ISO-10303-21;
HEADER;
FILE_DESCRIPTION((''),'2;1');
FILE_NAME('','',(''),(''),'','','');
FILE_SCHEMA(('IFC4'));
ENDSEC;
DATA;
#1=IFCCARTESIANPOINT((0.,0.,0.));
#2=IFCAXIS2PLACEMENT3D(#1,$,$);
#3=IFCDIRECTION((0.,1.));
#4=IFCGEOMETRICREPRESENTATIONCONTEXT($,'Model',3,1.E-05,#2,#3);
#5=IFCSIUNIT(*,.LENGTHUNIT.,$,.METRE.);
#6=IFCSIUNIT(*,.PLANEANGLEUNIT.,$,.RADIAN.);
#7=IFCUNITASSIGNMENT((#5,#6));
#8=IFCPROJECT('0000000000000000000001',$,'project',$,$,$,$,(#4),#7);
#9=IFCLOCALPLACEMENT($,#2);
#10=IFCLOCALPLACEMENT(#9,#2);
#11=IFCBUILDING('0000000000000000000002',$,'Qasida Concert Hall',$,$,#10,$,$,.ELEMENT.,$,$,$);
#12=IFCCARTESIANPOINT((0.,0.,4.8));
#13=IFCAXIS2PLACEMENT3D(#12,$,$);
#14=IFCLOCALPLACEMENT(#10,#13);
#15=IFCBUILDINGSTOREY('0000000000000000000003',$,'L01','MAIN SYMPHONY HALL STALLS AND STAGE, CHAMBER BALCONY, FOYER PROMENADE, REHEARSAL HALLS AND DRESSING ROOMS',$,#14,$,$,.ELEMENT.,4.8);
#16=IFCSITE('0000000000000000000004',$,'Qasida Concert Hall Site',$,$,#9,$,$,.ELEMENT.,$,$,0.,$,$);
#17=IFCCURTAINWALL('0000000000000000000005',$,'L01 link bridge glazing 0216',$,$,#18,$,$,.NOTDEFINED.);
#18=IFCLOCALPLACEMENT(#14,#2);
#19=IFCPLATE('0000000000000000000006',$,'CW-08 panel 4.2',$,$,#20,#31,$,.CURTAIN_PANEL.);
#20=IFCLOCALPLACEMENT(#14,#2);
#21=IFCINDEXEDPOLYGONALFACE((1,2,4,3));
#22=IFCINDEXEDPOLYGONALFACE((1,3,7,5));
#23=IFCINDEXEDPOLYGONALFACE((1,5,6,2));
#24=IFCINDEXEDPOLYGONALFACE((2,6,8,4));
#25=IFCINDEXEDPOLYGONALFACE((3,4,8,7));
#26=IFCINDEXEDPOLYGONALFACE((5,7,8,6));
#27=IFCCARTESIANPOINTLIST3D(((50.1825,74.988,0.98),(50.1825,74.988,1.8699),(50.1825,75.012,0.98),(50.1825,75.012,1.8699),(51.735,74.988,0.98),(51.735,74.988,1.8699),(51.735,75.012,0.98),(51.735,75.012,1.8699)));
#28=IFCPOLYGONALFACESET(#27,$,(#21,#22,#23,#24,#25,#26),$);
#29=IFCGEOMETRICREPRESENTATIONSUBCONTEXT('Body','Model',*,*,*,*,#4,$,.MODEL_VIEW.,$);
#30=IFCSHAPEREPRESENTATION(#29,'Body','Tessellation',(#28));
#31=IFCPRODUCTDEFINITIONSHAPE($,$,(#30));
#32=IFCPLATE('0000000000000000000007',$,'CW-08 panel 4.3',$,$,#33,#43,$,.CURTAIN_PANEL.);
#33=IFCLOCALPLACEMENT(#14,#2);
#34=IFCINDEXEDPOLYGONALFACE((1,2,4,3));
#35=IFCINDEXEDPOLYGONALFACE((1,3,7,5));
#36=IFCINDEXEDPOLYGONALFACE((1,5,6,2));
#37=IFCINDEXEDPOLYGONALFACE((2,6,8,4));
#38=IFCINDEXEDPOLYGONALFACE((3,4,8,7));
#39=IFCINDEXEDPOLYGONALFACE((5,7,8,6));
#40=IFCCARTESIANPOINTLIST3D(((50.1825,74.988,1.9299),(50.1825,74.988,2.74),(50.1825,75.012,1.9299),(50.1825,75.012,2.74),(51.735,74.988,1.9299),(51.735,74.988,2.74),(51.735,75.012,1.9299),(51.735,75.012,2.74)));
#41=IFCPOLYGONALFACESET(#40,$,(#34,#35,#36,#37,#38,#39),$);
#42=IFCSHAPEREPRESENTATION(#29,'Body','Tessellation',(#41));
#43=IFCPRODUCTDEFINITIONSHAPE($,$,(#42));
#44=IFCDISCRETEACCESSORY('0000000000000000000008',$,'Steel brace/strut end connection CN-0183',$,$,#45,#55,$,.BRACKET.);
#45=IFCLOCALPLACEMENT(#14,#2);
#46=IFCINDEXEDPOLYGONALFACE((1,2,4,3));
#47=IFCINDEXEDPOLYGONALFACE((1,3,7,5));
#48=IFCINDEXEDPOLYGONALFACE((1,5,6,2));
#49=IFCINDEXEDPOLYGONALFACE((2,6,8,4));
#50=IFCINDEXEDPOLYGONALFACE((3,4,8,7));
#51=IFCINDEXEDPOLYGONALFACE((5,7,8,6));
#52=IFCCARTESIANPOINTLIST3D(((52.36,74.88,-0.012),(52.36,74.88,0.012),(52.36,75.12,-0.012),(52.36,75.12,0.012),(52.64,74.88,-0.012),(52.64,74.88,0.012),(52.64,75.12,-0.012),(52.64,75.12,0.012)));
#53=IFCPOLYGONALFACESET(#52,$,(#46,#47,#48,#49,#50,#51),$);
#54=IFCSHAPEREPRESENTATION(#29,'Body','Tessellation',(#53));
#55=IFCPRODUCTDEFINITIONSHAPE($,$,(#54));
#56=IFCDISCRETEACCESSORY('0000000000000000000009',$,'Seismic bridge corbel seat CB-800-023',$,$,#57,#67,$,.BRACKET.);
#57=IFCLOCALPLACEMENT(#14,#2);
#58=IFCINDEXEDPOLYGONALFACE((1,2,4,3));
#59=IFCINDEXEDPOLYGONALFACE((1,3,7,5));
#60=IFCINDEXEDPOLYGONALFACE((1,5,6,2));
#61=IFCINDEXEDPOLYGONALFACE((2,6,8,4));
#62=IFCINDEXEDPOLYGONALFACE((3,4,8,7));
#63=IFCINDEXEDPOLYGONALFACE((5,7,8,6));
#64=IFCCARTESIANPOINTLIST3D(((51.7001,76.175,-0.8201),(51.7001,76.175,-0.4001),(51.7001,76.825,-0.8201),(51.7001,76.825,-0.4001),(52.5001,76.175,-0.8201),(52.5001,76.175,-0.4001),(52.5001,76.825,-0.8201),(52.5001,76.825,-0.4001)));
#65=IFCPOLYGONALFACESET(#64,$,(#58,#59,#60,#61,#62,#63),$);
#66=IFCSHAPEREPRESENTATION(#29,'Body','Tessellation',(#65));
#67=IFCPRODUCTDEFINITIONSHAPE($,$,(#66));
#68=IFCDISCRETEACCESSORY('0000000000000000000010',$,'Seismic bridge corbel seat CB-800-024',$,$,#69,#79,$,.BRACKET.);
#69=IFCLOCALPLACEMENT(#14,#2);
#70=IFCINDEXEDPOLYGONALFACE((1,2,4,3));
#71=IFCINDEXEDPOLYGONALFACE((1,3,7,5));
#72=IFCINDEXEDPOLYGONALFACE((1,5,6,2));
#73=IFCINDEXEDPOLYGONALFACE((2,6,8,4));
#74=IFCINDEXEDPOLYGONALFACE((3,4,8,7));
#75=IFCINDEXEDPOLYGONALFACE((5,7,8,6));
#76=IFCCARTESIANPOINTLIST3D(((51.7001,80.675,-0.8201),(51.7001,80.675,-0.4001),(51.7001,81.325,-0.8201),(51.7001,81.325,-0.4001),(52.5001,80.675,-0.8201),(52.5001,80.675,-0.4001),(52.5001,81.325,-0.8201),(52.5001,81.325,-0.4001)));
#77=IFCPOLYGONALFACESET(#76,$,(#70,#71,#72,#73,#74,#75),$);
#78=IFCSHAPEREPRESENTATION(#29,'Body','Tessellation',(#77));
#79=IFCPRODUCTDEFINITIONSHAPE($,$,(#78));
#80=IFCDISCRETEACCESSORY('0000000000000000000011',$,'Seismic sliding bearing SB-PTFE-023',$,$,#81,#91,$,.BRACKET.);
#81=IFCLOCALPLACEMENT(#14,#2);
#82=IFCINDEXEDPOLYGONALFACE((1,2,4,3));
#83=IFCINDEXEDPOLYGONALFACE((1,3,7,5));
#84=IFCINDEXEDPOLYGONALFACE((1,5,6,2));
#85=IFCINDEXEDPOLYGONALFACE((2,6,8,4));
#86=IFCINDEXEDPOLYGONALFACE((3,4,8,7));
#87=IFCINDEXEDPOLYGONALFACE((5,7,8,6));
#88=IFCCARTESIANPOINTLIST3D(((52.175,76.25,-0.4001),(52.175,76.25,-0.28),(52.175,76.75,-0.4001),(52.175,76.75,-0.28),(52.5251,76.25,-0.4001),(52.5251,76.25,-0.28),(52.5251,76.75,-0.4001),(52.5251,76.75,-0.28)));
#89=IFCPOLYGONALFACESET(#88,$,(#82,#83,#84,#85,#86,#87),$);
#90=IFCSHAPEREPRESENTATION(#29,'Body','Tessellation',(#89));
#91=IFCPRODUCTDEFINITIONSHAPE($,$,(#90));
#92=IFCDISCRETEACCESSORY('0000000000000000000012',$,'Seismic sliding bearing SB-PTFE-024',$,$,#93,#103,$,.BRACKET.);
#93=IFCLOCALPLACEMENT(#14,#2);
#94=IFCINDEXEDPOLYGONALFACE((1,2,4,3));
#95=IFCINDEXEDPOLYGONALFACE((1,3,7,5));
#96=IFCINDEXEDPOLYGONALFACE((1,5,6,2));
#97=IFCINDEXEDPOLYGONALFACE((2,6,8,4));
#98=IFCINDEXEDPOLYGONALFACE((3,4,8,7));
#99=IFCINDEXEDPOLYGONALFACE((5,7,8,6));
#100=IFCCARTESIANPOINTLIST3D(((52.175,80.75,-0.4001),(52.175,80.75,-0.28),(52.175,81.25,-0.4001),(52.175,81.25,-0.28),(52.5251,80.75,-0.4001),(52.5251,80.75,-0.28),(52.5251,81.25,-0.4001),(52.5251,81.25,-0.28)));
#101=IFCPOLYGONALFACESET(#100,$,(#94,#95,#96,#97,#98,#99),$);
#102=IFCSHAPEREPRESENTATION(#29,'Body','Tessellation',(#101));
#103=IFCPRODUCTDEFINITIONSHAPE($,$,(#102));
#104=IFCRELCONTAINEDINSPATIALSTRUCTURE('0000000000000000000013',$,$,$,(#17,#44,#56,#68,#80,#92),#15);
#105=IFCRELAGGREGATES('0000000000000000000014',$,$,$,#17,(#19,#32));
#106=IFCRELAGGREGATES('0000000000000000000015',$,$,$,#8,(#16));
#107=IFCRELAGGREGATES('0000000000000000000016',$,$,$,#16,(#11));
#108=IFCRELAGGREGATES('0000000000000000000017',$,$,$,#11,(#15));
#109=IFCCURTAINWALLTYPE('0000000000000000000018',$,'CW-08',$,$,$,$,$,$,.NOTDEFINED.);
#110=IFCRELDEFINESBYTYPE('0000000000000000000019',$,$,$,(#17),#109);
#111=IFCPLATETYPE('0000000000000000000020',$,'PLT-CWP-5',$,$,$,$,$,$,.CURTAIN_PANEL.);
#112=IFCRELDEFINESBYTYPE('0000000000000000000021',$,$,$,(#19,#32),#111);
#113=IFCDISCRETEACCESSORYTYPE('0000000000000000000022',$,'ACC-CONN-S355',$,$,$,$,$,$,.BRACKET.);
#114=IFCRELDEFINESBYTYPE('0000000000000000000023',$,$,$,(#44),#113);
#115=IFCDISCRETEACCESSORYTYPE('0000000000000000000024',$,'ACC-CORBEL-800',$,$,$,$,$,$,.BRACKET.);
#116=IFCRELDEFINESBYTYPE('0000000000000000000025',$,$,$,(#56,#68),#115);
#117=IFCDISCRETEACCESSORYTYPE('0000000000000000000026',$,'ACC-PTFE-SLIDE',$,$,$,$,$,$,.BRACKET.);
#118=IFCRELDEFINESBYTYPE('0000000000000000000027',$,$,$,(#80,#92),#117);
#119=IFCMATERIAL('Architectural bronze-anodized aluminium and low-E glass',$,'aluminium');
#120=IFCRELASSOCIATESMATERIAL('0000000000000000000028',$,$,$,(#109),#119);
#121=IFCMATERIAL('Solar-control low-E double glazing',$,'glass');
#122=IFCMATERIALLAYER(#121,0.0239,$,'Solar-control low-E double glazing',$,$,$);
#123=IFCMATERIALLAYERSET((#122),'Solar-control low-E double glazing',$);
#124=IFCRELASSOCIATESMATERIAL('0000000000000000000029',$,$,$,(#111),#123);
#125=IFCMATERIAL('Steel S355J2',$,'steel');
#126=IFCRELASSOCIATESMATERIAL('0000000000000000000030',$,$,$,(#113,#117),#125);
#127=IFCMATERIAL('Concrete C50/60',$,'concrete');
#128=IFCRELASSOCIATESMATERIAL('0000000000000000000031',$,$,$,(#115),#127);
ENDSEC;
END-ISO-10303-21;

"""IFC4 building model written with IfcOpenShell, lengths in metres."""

from ifc_helpers import new_model, si_unit, direction, frame, origin, origin_2d, place, context, subcontext, project, spatial, rectangle, extrude, material, layer, layer_set, type_object, element, aggregate, save


model = new_model("IFC4")

# Units and contexts
model_context = context("Model", 3, precision=1e-05, world=origin(), true_north=direction((0.0, 1.0)))
body_context = subcontext(model_context, "Body", "Model", "MODEL_VIEW")
ifc_project = project(units=[si_unit("LENGTHUNIT", "METRE"), si_unit("PLANEANGLEUNIT", "RADIAN")], contexts=[model_context])

# Site, building, storey
site_placement = place(None, origin())
site = spatial("IfcSite", under=ifc_project, at=site_placement, Name="Qasida Concert Hall Site", CompositionType="ELEMENT", RefElevation=0.0)
building_placement = place(site_placement, origin())
building = spatial("IfcBuilding", under=site, at=building_placement, Name="Qasida Concert Hall", CompositionType="ELEMENT")
storey_placement = place(building_placement, frame((0.0, 0.0, 4.8)))
storey = spatial("IfcBuildingStorey", under=building, at=storey_placement, Name="L01", Description="MAIN SYMPHONY HALL STALLS AND STAGE, CHAMBER BALCONY, FOYER PROMENADE, REHEARSAL HALLS AND DRESSING ROOMS", CompositionType="ELEMENT", Elevation=4.8)

# Shared definitions
ifc_material_1 = material(Name="Concrete C50/60", Category="concrete")

# Shared definitions
ifc_material_2 = material(Name="Steel S355J2", Category="steel")

# Curtain wall, plates
ifc_material_3 = material(Name="Architectural bronze-anodized aluminium and low-E glass", Category="aluminium")
curtain_wall_type = type_object("IfcCurtainWallType", Name="CW-08", PredefinedType="NOTDEFINED", material=ifc_material_3)
curtain_wall_placement = place(storey_placement, origin())
curtain_wall = element("IfcCurtainWall", 1, at=curtain_wall_placement, inside=storey, type_object=curtain_wall_type, Name="L01 link bridge glazing 0216", PredefinedType="NOTDEFINED")
ifc_material_4 = material(Name="Solar-control low-E double glazing", Category="glass")
ifc_layer = layer(ifc_material_4, 0.0239, Name="Solar-control low-E double glazing")
ifc_layer_set = layer_set([ifc_layer], Name="Solar-control low-E double glazing")
plate_type = type_object("IfcPlateType", Name="PLT-CWP-5", PredefinedType="CURTAIN_PANEL", material=ifc_layer_set)
plate_1_placement = place(storey_placement, frame((50.9587, 75.0, 0.98), z_axis=(0.0, 0.0, 1.0), x_axis=(1.0, 0.0, 0.0)))
plate_1 = element("IfcPlate", 2, at=plate_1_placement, type_object=plate_type, Name="CW-08 panel 4.2", PredefinedType="CURTAIN_PANEL", context=body_context, shape_type="SweptSolid", body=[
    extrude(rectangle(XDim=1.5525, YDim=0.0239, at=origin_2d()), origin(), (0.0, 0.0, 1.0), 0.8899),
])
plate_2_placement = place(storey_placement, frame((50.9587, 75.0, 1.9299), z_axis=(0.0, 0.0, 1.0), x_axis=(1.0, 0.0, 0.0)))
plate_2 = element("IfcPlate", 3, at=plate_2_placement, type_object=plate_type, Name="CW-08 panel 4.3", PredefinedType="CURTAIN_PANEL", context=body_context, shape_type="SweptSolid", body=[
    extrude(rectangle(XDim=1.5525, YDim=0.0239, at=origin_2d()), origin(), (0.0, 0.0, 1.0), 0.8101),
])
aggregate(curtain_wall, [plate_1, plate_2])

# Discrete accessories
discrete_accessory_type_1 = type_object("IfcDiscreteAccessoryType", Name="ACC-CONN-S355", PredefinedType="BRACKET", material=ifc_material_2)
discrete_accessory_placement = place(storey_placement, frame((52.5, 75.0, -0.012), z_axis=(0.0, 0.0, 1.0), x_axis=(1.0, 0.0, 0.0)))
element("IfcDiscreteAccessory", 4, at=discrete_accessory_placement, inside=storey, type_object=discrete_accessory_type_1, Name="Steel brace/strut end connection CN-0183", PredefinedType="BRACKET", context=body_context, shape_type="SweptSolid", body=[
    extrude(rectangle(XDim=0.28, YDim=0.24, at=origin_2d()), origin(), (0.0, 0.0, 1.0), 0.0239),
])
discrete_accessory_type_2 = type_object("IfcDiscreteAccessoryType", Name="ACC-CORBEL-800", PredefinedType="BRACKET", material=ifc_material_1)
for number, where, z_axis, x_axis, name in (
    (5, (52.1001, 76.5, -0.8201), (0.0, 0.0, 1.0), (1.0, 0.0, 0.0), "Seismic bridge corbel seat CB-800-023"),
    (6, (52.1001, 81.0, -0.8201), (0.0, 0.0, 1.0), (1.0, 0.0, 0.0), "Seismic bridge corbel seat CB-800-024"),
):
    element("IfcDiscreteAccessory", number, at=place(storey_placement, frame(where, z_axis=z_axis, x_axis=x_axis)), inside=storey, type_object=discrete_accessory_type_2, Name=name, PredefinedType="BRACKET", context=body_context, shape_type="SweptSolid", body=[
        extrude(rectangle(XDim=0.8, YDim=0.6499, at=origin_2d()), origin(), (0.0, 0.0, 1.0), 0.4199),
    ])
discrete_accessory_type_3 = type_object("IfcDiscreteAccessoryType", Name="ACC-PTFE-SLIDE", PredefinedType="BRACKET", material=ifc_material_2)
for number, where, z_axis, x_axis, name in (
    (7, (52.3501, 76.5, -0.4001), (0.0, 0.0, 1.0), (1.0, 0.0, 0.0), "Seismic sliding bearing SB-PTFE-023"),
    (8, (52.3501, 81.0, -0.4001), (0.0, 0.0, 1.0), (1.0, 0.0, 0.0), "Seismic sliding bearing SB-PTFE-024"),
):
    element("IfcDiscreteAccessory", number, at=place(storey_placement, frame(where, z_axis=z_axis, x_axis=x_axis)), inside=storey, type_object=discrete_accessory_type_3, Name=name, PredefinedType="BRACKET", context=body_context, shape_type="SweptSolid", body=[
        extrude(rectangle(XDim=0.3501, YDim=0.5, at=origin_2d()), origin(), (0.0, 0.0, 1.0), 0.1201),
    ])

save(model, "model.ifc")
